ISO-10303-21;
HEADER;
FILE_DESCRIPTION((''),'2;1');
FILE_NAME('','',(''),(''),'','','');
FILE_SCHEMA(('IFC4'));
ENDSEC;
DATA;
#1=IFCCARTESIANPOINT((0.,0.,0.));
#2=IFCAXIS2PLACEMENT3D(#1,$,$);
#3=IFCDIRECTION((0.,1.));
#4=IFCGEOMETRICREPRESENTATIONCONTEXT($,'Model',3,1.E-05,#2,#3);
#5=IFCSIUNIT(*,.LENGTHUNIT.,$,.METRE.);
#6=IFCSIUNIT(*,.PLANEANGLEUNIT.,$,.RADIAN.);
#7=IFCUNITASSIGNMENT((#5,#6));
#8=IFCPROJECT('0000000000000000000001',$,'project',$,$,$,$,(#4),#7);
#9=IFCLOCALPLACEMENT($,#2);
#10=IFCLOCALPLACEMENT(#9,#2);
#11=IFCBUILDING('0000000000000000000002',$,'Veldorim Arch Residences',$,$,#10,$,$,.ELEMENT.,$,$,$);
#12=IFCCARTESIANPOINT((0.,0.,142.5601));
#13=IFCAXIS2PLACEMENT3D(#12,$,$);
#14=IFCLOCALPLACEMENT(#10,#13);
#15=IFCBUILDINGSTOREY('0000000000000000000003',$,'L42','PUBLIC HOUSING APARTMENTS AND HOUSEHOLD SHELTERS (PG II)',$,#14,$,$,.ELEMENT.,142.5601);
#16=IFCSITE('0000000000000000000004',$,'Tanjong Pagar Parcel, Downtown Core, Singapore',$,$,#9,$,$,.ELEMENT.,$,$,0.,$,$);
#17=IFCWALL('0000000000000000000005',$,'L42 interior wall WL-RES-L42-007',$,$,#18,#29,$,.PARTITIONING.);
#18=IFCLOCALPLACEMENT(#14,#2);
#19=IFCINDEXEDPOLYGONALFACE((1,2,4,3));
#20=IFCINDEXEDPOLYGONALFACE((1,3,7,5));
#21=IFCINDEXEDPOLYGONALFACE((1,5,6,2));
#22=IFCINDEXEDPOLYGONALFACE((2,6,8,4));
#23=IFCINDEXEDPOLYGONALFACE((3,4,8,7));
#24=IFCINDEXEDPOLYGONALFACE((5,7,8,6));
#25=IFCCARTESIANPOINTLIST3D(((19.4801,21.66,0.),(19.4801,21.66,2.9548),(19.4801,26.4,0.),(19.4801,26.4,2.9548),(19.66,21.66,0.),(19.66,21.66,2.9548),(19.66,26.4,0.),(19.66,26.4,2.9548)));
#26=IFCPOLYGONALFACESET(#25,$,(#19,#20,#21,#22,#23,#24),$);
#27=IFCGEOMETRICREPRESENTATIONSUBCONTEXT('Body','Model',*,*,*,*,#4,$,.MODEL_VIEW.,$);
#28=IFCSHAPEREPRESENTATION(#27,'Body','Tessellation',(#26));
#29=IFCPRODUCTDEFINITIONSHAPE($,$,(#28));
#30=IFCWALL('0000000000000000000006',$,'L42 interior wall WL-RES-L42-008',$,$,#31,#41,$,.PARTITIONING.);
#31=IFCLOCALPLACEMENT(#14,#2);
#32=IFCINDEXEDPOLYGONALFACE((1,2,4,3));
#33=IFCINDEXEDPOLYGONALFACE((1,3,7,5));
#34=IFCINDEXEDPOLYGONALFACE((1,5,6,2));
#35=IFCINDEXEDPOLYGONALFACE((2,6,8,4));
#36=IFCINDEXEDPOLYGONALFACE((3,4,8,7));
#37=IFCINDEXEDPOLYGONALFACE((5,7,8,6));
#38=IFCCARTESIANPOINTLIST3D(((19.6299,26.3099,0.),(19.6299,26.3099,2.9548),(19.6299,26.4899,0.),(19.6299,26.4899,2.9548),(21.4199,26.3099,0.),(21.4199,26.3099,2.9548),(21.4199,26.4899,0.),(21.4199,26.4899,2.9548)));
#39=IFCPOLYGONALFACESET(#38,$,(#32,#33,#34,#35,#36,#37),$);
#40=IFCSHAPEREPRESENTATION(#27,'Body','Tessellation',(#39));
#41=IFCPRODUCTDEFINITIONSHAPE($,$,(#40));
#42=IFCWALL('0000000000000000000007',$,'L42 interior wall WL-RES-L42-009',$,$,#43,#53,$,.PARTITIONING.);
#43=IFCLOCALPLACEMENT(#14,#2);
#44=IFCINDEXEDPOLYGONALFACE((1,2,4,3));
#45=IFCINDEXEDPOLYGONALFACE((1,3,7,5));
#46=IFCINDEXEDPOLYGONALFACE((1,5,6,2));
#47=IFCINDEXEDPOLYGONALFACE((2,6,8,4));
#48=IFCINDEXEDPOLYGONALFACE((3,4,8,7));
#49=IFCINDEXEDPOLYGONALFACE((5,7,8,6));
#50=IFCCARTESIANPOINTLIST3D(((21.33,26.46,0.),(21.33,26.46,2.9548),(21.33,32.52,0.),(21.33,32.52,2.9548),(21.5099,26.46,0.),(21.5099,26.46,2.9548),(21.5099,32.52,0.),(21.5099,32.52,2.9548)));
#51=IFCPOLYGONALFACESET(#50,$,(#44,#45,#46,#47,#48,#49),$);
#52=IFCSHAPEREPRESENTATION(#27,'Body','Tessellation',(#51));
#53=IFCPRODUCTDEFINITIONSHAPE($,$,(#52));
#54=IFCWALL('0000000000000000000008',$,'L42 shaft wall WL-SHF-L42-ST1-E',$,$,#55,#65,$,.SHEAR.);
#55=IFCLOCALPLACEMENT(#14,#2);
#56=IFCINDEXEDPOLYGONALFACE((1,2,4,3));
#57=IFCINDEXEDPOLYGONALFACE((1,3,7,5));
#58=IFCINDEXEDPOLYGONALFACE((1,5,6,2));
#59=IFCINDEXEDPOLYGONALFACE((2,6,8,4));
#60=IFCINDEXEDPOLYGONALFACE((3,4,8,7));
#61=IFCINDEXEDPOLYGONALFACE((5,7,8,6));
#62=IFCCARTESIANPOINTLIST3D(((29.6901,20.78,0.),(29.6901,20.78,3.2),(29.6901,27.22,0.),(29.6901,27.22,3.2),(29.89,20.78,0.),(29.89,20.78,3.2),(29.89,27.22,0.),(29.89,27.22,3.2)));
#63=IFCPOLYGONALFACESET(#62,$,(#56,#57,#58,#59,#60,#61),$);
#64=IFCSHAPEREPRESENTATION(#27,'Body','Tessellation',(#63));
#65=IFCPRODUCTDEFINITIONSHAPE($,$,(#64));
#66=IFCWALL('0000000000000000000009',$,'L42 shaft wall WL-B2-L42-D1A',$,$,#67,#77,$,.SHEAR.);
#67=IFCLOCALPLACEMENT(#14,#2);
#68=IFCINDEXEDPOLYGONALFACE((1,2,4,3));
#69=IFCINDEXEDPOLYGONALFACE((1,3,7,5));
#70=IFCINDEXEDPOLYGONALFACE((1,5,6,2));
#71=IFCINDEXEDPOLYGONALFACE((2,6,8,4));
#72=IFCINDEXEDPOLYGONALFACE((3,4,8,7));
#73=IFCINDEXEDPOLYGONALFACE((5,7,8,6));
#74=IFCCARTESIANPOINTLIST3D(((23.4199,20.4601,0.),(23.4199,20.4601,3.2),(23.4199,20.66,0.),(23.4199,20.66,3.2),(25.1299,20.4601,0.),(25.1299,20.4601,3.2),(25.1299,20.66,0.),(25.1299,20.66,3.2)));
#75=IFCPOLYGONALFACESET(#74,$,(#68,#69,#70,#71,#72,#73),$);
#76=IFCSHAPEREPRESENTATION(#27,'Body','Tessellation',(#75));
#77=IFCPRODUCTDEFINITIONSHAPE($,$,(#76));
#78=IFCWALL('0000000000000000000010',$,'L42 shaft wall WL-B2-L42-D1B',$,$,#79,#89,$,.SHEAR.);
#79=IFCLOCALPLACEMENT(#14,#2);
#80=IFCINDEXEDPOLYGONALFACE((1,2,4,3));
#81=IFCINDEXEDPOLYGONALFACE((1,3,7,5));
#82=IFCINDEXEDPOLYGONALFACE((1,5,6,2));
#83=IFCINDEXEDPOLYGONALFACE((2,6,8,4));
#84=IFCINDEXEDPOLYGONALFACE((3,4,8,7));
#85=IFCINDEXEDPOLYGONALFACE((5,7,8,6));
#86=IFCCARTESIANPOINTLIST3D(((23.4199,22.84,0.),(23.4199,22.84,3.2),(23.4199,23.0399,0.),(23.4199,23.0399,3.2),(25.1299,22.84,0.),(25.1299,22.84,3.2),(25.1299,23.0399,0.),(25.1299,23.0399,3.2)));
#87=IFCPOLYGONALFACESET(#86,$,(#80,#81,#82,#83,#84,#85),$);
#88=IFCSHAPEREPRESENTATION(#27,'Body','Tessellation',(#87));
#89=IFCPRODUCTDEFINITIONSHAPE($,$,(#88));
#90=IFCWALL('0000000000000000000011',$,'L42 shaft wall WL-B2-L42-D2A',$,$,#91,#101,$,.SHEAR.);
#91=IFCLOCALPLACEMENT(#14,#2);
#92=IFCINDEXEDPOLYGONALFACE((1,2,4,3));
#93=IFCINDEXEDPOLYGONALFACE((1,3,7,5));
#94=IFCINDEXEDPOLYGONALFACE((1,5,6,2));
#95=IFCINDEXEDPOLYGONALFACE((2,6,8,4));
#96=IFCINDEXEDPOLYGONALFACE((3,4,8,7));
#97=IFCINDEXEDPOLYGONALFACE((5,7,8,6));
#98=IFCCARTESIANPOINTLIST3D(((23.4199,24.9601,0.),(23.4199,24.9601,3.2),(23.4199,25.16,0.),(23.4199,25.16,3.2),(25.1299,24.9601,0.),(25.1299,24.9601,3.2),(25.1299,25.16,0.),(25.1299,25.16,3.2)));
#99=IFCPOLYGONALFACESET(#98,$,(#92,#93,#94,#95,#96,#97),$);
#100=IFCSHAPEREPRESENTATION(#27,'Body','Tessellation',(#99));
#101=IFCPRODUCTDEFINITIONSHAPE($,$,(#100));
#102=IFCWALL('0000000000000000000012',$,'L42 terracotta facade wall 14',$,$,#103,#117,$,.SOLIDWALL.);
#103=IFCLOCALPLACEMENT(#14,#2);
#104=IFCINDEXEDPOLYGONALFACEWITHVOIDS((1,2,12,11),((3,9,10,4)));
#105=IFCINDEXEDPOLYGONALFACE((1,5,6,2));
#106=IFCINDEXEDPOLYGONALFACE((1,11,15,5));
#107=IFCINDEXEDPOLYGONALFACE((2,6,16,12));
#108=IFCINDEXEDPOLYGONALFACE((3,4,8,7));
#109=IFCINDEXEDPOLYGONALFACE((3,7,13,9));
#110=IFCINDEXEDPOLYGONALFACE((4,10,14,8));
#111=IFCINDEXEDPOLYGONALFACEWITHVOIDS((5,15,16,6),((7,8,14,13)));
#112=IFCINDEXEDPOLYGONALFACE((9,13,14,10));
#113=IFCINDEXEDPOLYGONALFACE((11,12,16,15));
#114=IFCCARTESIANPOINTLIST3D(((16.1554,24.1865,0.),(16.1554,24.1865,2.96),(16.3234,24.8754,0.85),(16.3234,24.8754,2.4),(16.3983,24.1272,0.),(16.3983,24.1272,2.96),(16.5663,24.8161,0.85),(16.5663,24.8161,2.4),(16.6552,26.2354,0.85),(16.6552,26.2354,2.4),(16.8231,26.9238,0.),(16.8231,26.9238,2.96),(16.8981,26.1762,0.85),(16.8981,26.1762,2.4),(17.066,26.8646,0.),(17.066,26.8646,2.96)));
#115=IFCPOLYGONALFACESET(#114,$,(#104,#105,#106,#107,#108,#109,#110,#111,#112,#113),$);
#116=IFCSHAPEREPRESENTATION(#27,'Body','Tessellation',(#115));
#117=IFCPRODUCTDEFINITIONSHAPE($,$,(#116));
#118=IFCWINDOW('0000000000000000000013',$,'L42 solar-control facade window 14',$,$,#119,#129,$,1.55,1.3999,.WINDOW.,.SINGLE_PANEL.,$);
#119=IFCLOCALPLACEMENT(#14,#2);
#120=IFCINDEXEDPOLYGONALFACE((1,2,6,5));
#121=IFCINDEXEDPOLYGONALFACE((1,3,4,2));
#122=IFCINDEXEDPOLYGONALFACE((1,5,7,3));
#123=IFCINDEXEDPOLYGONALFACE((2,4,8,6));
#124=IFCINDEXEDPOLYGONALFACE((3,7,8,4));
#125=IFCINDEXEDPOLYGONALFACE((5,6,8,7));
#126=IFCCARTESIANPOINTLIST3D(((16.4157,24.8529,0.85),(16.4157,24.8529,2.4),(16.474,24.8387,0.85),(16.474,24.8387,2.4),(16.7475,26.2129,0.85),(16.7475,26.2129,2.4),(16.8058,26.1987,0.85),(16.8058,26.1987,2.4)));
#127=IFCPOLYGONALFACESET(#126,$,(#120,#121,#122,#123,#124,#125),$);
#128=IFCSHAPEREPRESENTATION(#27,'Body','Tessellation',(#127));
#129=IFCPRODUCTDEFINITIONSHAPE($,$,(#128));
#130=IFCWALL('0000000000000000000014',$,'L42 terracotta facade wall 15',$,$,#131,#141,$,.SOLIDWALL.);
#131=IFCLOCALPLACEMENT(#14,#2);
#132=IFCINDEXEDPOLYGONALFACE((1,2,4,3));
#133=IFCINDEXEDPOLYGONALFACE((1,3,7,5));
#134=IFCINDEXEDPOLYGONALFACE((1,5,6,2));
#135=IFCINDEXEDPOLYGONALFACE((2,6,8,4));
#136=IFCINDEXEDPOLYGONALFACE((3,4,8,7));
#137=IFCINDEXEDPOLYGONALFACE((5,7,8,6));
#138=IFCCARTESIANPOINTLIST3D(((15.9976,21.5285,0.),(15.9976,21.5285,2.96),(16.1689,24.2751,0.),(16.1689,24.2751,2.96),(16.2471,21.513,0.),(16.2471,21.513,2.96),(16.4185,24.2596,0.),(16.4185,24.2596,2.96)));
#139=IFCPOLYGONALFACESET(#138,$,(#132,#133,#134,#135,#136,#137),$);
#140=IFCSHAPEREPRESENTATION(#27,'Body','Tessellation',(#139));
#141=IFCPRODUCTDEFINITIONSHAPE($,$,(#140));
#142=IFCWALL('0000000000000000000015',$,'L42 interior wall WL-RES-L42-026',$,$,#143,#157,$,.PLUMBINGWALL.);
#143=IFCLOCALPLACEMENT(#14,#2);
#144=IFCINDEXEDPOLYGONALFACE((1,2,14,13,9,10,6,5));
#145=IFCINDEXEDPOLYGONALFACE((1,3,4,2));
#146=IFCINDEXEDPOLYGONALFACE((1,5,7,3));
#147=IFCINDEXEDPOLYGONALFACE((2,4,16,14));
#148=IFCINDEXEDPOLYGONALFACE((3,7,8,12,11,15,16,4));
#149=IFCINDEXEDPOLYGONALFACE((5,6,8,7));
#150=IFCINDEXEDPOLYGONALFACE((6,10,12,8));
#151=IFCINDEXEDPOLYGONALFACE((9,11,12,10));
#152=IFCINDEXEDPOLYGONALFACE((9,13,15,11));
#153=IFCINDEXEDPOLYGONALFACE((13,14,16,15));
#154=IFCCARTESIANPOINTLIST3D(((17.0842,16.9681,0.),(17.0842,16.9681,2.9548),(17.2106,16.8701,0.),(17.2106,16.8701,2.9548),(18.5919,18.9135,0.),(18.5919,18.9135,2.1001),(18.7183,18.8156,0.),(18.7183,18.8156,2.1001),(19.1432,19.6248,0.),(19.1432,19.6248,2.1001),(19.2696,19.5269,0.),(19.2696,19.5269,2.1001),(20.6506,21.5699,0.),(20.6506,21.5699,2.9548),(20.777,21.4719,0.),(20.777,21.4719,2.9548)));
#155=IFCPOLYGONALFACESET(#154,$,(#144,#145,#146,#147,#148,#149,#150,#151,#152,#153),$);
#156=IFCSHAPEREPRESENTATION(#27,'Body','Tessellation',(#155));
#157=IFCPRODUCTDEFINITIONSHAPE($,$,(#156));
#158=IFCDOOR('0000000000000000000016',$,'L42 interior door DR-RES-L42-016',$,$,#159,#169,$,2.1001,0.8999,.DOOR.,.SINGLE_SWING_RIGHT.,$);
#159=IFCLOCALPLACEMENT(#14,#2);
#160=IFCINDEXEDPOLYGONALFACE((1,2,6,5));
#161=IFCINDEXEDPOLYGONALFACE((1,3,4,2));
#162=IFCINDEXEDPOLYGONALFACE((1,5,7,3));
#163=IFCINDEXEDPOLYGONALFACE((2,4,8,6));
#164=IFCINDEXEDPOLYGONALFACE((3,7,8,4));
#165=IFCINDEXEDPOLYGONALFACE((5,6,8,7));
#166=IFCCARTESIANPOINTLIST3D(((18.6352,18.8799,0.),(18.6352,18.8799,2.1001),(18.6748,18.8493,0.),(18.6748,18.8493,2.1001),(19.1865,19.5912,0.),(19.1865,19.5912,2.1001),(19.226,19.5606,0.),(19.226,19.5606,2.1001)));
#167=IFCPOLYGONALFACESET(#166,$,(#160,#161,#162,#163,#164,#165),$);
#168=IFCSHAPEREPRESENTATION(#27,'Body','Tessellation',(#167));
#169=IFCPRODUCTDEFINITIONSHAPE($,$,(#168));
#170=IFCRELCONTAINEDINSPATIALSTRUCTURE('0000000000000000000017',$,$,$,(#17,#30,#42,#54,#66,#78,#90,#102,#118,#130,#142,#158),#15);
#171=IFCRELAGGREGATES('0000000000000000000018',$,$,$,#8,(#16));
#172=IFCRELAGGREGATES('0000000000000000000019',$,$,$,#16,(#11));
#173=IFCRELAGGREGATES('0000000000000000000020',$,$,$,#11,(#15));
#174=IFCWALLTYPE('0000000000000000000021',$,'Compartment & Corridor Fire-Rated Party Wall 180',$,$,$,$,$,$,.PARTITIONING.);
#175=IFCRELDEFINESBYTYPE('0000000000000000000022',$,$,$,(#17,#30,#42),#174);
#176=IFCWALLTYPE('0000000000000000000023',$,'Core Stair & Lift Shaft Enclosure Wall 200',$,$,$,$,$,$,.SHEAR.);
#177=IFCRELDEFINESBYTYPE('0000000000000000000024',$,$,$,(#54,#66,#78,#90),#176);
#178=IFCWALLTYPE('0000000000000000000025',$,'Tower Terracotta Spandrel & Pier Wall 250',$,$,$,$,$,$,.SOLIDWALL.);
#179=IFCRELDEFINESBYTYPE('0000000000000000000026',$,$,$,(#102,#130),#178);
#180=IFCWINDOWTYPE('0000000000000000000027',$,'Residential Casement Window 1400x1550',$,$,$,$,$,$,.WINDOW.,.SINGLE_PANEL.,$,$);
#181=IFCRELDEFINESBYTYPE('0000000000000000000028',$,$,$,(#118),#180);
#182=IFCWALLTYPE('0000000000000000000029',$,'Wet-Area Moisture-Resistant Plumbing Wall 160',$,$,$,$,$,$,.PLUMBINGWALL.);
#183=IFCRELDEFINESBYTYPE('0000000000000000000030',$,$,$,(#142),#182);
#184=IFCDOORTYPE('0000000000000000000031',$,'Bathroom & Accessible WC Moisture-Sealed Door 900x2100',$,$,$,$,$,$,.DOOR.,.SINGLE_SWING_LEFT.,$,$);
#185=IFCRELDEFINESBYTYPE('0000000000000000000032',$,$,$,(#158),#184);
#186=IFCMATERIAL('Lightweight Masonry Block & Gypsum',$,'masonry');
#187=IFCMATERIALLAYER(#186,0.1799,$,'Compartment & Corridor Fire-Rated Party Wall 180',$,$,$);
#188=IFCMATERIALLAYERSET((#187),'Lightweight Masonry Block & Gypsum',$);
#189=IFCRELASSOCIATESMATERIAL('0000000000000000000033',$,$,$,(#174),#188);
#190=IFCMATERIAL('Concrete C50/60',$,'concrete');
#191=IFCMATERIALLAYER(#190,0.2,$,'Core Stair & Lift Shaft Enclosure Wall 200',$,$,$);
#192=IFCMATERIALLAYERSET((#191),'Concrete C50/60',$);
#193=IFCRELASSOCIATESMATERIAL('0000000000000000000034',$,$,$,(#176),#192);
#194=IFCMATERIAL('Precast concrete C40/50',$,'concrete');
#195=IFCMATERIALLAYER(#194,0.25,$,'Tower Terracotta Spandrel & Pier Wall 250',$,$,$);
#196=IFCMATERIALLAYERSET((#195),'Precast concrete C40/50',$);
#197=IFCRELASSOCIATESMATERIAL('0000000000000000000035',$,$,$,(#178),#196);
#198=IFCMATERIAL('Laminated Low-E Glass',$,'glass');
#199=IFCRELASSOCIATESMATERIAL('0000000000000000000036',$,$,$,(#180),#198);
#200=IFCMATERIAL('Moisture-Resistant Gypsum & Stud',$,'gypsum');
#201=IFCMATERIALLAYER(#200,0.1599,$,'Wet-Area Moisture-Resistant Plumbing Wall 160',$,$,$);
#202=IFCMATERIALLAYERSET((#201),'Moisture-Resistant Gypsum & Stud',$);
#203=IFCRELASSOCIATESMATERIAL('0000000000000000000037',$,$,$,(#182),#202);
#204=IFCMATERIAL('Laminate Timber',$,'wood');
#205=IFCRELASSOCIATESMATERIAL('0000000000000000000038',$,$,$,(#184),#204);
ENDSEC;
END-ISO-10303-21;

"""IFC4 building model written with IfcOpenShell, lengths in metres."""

from ifc_helpers import new_model, si_unit, direction, frame, frame_2d, origin, place, context, subcontext, project, spatial, rectangle, extrude, material, layer, layer_set, type_object, element, fill, save


model = new_model("IFC4")

# Units and contexts
model_context = context("Model", 3, precision=1e-05, world=origin(), true_north=direction((0.0, 1.0)))
body_context = subcontext(model_context, "Body", "Model", "MODEL_VIEW")
ifc_project = project(units=[si_unit("LENGTHUNIT", "METRE"), si_unit("PLANEANGLEUNIT", "RADIAN")], contexts=[model_context])

# Site, building, storey
site_placement = place(None, origin())
site = spatial("IfcSite", under=ifc_project, at=site_placement, Name="Tanjong Pagar Parcel, Downtown Core, Singapore", CompositionType="ELEMENT", RefElevation=0.0)
building_placement = place(site_placement, origin())
building = spatial("IfcBuilding", under=site, at=building_placement, Name="Veldorim Arch Residences", CompositionType="ELEMENT")
storey_placement = place(building_placement, frame((0.0, 0.0, 142.5601)))
storey = spatial("IfcBuildingStorey", under=building, at=storey_placement, Name="L42", Description="PUBLIC HOUSING APARTMENTS AND HOUSEHOLD SHELTERS (PG II)", CompositionType="ELEMENT", Elevation=142.5601)

# Walls
ifc_material_1 = material(Name="Lightweight Masonry Block & Gypsum", Category="masonry")
ifc_layer_1 = layer(ifc_material_1, 0.1799, Name="Compartment & Corridor Fire-Rated Party Wall 180")
ifc_layer_set_1 = layer_set([ifc_layer_1], Name="Lightweight Masonry Block & Gypsum")
wall_type_1 = type_object("IfcWallType", Name="Compartment & Corridor Fire-Rated Party Wall 180", PredefinedType="PARTITIONING", material=ifc_layer_set_1)
wall_1_placement = place(storey_placement, frame((19.5701, 21.6599, 0.0), z_axis=(0.0, 0.0, 1.0), x_axis=(0.0, 1.0, 0.0)))
element("IfcWall", 1, at=wall_1_placement, inside=storey, type_object=wall_type_1, Name="L42 interior wall WL-RES-L42-007", PredefinedType="PARTITIONING", context=body_context, shape_type="SweptSolid", body=[
    extrude(rectangle(XDim=4.74, YDim=0.1799, at=frame_2d((2.3701, 0.0))), origin(), (0.0, 0.0, 1.0), 2.9548),
])
wall_2_placement = place(storey_placement, frame((19.6299, 26.3999, 0.0), z_axis=(0.0, 0.0, 1.0), x_axis=(1.0, 0.0, 0.0)))
element("IfcWall", 2, at=wall_2_placement, inside=storey, type_object=wall_type_1, Name="L42 interior wall WL-RES-L42-008", PredefinedType="PARTITIONING", context=body_context, shape_type="SweptSolid", body=[
    extrude(rectangle(XDim=1.79, YDim=0.1799, at=frame_2d((0.895, 0.0))), origin(), (0.0, 0.0, 1.0), 2.9548),
])
wall_3_placement = place(storey_placement, frame((21.4199, 26.46, 0.0), z_axis=(0.0, 0.0, 1.0), x_axis=(0.0, 1.0, 0.0)))
element("IfcWall", 3, at=wall_3_placement, inside=storey, type_object=wall_type_1, Name="L42 interior wall WL-RES-L42-009", PredefinedType="PARTITIONING", context=body_context, shape_type="SweptSolid", body=[
    extrude(rectangle(XDim=6.0601, YDim=0.1799, at=frame_2d((3.03, 0.0))), origin(), (0.0, 0.0, 1.0), 2.9548),
])
ifc_material_2 = material(Name="Concrete C50/60", Category="concrete")
ifc_layer_2 = layer(ifc_material_2, 0.2, Name="Core Stair & Lift Shaft Enclosure Wall 200")
ifc_layer_set_2 = layer_set([ifc_layer_2], Name="Concrete C50/60")
wall_type_2 = type_object("IfcWallType", Name="Core Stair & Lift Shaft Enclosure Wall 200", PredefinedType="SHEAR", material=ifc_layer_set_2)
wall_4_placement = place(storey_placement, frame((29.79, 20.78, 0.0), z_axis=(0.0, 0.0, 1.0), x_axis=(0.0, 1.0, 0.0)))
element("IfcWall", 4, at=wall_4_placement, inside=storey, type_object=wall_type_2, Name="L42 shaft wall WL-SHF-L42-ST1-E", PredefinedType="SHEAR", context=body_context, shape_type="SweptSolid", body=[
    extrude(rectangle(XDim=6.4399, YDim=0.2, at=frame_2d((3.22, 0.0))), origin(), (0.0, 0.0, 1.0), 3.2),
])

# Walls
for number, where, z_axis, x_axis, name in (
    (5, (23.4199, 20.5601, 0.0), (0.0, 0.0, 1.0), (1.0, 0.0, 0.0), "L42 shaft wall WL-B2-L42-D1A"),
    (6, (23.4199, 22.9399, 0.0), (0.0, 0.0, 1.0), (1.0, 0.0, 0.0), "L42 shaft wall WL-B2-L42-D1B"),
    (7, (23.4199, 25.0601, 0.0), (0.0, 0.0, 1.0), (1.0, 0.0, 0.0), "L42 shaft wall WL-B2-L42-D2A"),
):
    element("IfcWall", number, at=place(storey_placement, frame(where, z_axis=z_axis, x_axis=x_axis)), inside=storey, type_object=wall_type_2, Name=name, PredefinedType="SHEAR", context=body_context, shape_type="SweptSolid", body=[
        extrude(rectangle(XDim=1.71, YDim=0.2, at=frame_2d((0.855, 0.0))), origin(), (0.0, 0.0, 1.0), 3.2),
    ])

# Wall, opening, window
ifc_material_3 = material(Name="Precast concrete C40/50", Category="concrete")
ifc_layer_3 = layer(ifc_material_3, 0.25, Name="Tower Terracotta Spandrel & Pier Wall 250")
ifc_layer_set_3 = layer_set([ifc_layer_3], Name="Precast concrete C40/50")
wall_type_3 = type_object("IfcWallType", Name="Tower Terracotta Spandrel & Pier Wall 250", PredefinedType="SOLIDWALL", material=ifc_layer_set_3)
wall_5_placement = place(storey_placement, frame((16.2769, 24.157, 0.0), z_axis=(0.0, 0.0, 1.0), x_axis=(0.236986, 0.971513, 0.0)))
wall_5 = element("IfcWall", 8, at=wall_5_placement, inside=storey, type_object=wall_type_3, Name="L42 terracotta facade wall 14", PredefinedType="SOLIDWALL", context=body_context, shape_type="SweptSolid", body=[
    extrude(rectangle(XDim=2.8176, YDim=0.25, at=frame_2d((1.4087, 0.0))), origin(), (0.0, 0.0, 1.0), 2.96),
])
opening_1_placement = place(wall_5_placement, frame((0.709, 0.0, 0.8501)))
opening_1 = element("IfcOpeningElement", 9, at=opening_1_placement, cuts=wall_5, PredefinedType="OPENING", context=body_context, shape_type="SweptSolid", body=[
    extrude(rectangle(XDim=1.3999, YDim=1.55, at=frame_2d((0.7, 0.7749))), frame((0.0, 0.135, 0.0), z_axis=(0.0, -1.0, 0.0), x_axis=(1.0, 0.0, 0.0)), (0.0, 0.0, 1.0), 0.27),
])
ifc_material_4 = material(Name="Laminated Low-E Glass", Category="glass")
window_type = type_object("IfcWindowType", Name="Residential Casement Window 1400x1550", PartitioningType="SINGLE_PANEL", PredefinedType="WINDOW", material=ifc_material_4)
window_placement = place(opening_1_placement, origin())
window = element("IfcWindow", 10, at=window_placement, inside=storey, type_object=window_type, Name="L42 solar-control facade window 14", OverallHeight=1.55, OverallWidth=1.3999, PartitioningType="SINGLE_PANEL", PredefinedType="WINDOW", context=body_context, shape_type="SweptSolid", body=[
    extrude(rectangle(XDim=1.3999, YDim=1.55, at=frame_2d((0.7, 0.7749))), frame((0.0, 0.03, 0.0), z_axis=(0.0, -1.0, 0.0), x_axis=(1.0, 0.0, 0.0)), (0.0, 0.0, 1.0), 0.0601),
])
fill(opening_1, window)

# Wall
wall_6_placement = place(storey_placement, frame((16.1223, 21.5208, 0.0), z_axis=(0.0, 0.0, 1.0), x_axis=(0.062279, 0.998059, 0.0)))
element("IfcWall", 11, at=wall_6_placement, inside=storey, type_object=wall_type_3, Name="L42 terracotta facade wall 15", PredefinedType="SOLIDWALL", context=body_context, shape_type="SweptSolid", body=[
    extrude(rectangle(XDim=2.752, YDim=0.25, at=frame_2d((1.376, 0.0))), origin(), (0.0, 0.0, 1.0), 2.96),
])

# Wall, opening, door
ifc_material_5 = material(Name="Moisture-Resistant Gypsum & Stud", Category="gypsum")
ifc_layer_4 = layer(ifc_material_5, 0.1599, Name="Wet-Area Moisture-Resistant Plumbing Wall 160")
ifc_layer_set_4 = layer_set([ifc_layer_4], Name="Moisture-Resistant Gypsum & Stud")
wall_type_4 = type_object("IfcWallType", Name="Wet-Area Moisture-Resistant Plumbing Wall 160", PredefinedType="PLUMBINGWALL", material=ifc_layer_set_4)
wall_7_placement = place(storey_placement, frame((20.7139, 21.521, 0.0), z_axis=(0.0, 0.0, 1.0), x_axis=(-0.612572, -0.790415, 0.0)))
wall_7 = element("IfcWall", 12, at=wall_7_placement, inside=storey, type_object=wall_type_4, Name="L42 interior wall WL-RES-L42-026", PredefinedType="PLUMBINGWALL", context=body_context, shape_type="SweptSolid", body=[
    extrude(rectangle(XDim=5.822, YDim=0.1599, at=frame_2d((2.9111, 0.0))), origin(), (0.0, 0.0, 1.0), 2.9548),
])
opening_2_placement = place(wall_7_placement, frame((2.4609, 0.0, 0.0)))
opening_2 = element("IfcOpeningElement", 13, at=opening_2_placement, cuts=wall_7, PredefinedType="OPENING", context=body_context, shape_type="SweptSolid", body=[
    extrude(rectangle(XDim=0.8999, YDim=2.1001, at=frame_2d((0.45, 1.05))), frame((0.0, 0.0898, 0.0), z_axis=(0.0, -1.0, 0.0), x_axis=(1.0, 0.0, 0.0)), (0.0, 0.0, 1.0), 0.1799),
])
ifc_material_6 = material(Name="Laminate Timber", Category="wood")
door_type_1 = type_object("IfcDoorType", Name="Bathroom & Accessible WC Moisture-Sealed Door 900x2100", OperationType="SINGLE_SWING_LEFT", PredefinedType="DOOR", material=ifc_material_6)
door_1_placement = place(opening_2_placement, origin())
door_1 = element("IfcDoor", 14, at=door_1_placement, inside=storey, type_object=door_type_1, Name="L42 interior door DR-RES-L42-016", OperationType="SINGLE_SWING_RIGHT", OverallHeight=2.1001, OverallWidth=0.8999, PredefinedType="DOOR", context=body_context, shape_type="SweptSolid", body=[
    extrude(rectangle(XDim=0.8999, YDim=2.1001, at=frame_2d((0.45, 1.05))), frame((0.0, 0.0249, 0.0), z_axis=(0.0, -1.0, 0.0), x_axis=(1.0, 0.0, 0.0)), (0.0, 0.0, 1.0), 0.05),
])
fill(opening_2, door_1)

save(model, "model.ifc")
